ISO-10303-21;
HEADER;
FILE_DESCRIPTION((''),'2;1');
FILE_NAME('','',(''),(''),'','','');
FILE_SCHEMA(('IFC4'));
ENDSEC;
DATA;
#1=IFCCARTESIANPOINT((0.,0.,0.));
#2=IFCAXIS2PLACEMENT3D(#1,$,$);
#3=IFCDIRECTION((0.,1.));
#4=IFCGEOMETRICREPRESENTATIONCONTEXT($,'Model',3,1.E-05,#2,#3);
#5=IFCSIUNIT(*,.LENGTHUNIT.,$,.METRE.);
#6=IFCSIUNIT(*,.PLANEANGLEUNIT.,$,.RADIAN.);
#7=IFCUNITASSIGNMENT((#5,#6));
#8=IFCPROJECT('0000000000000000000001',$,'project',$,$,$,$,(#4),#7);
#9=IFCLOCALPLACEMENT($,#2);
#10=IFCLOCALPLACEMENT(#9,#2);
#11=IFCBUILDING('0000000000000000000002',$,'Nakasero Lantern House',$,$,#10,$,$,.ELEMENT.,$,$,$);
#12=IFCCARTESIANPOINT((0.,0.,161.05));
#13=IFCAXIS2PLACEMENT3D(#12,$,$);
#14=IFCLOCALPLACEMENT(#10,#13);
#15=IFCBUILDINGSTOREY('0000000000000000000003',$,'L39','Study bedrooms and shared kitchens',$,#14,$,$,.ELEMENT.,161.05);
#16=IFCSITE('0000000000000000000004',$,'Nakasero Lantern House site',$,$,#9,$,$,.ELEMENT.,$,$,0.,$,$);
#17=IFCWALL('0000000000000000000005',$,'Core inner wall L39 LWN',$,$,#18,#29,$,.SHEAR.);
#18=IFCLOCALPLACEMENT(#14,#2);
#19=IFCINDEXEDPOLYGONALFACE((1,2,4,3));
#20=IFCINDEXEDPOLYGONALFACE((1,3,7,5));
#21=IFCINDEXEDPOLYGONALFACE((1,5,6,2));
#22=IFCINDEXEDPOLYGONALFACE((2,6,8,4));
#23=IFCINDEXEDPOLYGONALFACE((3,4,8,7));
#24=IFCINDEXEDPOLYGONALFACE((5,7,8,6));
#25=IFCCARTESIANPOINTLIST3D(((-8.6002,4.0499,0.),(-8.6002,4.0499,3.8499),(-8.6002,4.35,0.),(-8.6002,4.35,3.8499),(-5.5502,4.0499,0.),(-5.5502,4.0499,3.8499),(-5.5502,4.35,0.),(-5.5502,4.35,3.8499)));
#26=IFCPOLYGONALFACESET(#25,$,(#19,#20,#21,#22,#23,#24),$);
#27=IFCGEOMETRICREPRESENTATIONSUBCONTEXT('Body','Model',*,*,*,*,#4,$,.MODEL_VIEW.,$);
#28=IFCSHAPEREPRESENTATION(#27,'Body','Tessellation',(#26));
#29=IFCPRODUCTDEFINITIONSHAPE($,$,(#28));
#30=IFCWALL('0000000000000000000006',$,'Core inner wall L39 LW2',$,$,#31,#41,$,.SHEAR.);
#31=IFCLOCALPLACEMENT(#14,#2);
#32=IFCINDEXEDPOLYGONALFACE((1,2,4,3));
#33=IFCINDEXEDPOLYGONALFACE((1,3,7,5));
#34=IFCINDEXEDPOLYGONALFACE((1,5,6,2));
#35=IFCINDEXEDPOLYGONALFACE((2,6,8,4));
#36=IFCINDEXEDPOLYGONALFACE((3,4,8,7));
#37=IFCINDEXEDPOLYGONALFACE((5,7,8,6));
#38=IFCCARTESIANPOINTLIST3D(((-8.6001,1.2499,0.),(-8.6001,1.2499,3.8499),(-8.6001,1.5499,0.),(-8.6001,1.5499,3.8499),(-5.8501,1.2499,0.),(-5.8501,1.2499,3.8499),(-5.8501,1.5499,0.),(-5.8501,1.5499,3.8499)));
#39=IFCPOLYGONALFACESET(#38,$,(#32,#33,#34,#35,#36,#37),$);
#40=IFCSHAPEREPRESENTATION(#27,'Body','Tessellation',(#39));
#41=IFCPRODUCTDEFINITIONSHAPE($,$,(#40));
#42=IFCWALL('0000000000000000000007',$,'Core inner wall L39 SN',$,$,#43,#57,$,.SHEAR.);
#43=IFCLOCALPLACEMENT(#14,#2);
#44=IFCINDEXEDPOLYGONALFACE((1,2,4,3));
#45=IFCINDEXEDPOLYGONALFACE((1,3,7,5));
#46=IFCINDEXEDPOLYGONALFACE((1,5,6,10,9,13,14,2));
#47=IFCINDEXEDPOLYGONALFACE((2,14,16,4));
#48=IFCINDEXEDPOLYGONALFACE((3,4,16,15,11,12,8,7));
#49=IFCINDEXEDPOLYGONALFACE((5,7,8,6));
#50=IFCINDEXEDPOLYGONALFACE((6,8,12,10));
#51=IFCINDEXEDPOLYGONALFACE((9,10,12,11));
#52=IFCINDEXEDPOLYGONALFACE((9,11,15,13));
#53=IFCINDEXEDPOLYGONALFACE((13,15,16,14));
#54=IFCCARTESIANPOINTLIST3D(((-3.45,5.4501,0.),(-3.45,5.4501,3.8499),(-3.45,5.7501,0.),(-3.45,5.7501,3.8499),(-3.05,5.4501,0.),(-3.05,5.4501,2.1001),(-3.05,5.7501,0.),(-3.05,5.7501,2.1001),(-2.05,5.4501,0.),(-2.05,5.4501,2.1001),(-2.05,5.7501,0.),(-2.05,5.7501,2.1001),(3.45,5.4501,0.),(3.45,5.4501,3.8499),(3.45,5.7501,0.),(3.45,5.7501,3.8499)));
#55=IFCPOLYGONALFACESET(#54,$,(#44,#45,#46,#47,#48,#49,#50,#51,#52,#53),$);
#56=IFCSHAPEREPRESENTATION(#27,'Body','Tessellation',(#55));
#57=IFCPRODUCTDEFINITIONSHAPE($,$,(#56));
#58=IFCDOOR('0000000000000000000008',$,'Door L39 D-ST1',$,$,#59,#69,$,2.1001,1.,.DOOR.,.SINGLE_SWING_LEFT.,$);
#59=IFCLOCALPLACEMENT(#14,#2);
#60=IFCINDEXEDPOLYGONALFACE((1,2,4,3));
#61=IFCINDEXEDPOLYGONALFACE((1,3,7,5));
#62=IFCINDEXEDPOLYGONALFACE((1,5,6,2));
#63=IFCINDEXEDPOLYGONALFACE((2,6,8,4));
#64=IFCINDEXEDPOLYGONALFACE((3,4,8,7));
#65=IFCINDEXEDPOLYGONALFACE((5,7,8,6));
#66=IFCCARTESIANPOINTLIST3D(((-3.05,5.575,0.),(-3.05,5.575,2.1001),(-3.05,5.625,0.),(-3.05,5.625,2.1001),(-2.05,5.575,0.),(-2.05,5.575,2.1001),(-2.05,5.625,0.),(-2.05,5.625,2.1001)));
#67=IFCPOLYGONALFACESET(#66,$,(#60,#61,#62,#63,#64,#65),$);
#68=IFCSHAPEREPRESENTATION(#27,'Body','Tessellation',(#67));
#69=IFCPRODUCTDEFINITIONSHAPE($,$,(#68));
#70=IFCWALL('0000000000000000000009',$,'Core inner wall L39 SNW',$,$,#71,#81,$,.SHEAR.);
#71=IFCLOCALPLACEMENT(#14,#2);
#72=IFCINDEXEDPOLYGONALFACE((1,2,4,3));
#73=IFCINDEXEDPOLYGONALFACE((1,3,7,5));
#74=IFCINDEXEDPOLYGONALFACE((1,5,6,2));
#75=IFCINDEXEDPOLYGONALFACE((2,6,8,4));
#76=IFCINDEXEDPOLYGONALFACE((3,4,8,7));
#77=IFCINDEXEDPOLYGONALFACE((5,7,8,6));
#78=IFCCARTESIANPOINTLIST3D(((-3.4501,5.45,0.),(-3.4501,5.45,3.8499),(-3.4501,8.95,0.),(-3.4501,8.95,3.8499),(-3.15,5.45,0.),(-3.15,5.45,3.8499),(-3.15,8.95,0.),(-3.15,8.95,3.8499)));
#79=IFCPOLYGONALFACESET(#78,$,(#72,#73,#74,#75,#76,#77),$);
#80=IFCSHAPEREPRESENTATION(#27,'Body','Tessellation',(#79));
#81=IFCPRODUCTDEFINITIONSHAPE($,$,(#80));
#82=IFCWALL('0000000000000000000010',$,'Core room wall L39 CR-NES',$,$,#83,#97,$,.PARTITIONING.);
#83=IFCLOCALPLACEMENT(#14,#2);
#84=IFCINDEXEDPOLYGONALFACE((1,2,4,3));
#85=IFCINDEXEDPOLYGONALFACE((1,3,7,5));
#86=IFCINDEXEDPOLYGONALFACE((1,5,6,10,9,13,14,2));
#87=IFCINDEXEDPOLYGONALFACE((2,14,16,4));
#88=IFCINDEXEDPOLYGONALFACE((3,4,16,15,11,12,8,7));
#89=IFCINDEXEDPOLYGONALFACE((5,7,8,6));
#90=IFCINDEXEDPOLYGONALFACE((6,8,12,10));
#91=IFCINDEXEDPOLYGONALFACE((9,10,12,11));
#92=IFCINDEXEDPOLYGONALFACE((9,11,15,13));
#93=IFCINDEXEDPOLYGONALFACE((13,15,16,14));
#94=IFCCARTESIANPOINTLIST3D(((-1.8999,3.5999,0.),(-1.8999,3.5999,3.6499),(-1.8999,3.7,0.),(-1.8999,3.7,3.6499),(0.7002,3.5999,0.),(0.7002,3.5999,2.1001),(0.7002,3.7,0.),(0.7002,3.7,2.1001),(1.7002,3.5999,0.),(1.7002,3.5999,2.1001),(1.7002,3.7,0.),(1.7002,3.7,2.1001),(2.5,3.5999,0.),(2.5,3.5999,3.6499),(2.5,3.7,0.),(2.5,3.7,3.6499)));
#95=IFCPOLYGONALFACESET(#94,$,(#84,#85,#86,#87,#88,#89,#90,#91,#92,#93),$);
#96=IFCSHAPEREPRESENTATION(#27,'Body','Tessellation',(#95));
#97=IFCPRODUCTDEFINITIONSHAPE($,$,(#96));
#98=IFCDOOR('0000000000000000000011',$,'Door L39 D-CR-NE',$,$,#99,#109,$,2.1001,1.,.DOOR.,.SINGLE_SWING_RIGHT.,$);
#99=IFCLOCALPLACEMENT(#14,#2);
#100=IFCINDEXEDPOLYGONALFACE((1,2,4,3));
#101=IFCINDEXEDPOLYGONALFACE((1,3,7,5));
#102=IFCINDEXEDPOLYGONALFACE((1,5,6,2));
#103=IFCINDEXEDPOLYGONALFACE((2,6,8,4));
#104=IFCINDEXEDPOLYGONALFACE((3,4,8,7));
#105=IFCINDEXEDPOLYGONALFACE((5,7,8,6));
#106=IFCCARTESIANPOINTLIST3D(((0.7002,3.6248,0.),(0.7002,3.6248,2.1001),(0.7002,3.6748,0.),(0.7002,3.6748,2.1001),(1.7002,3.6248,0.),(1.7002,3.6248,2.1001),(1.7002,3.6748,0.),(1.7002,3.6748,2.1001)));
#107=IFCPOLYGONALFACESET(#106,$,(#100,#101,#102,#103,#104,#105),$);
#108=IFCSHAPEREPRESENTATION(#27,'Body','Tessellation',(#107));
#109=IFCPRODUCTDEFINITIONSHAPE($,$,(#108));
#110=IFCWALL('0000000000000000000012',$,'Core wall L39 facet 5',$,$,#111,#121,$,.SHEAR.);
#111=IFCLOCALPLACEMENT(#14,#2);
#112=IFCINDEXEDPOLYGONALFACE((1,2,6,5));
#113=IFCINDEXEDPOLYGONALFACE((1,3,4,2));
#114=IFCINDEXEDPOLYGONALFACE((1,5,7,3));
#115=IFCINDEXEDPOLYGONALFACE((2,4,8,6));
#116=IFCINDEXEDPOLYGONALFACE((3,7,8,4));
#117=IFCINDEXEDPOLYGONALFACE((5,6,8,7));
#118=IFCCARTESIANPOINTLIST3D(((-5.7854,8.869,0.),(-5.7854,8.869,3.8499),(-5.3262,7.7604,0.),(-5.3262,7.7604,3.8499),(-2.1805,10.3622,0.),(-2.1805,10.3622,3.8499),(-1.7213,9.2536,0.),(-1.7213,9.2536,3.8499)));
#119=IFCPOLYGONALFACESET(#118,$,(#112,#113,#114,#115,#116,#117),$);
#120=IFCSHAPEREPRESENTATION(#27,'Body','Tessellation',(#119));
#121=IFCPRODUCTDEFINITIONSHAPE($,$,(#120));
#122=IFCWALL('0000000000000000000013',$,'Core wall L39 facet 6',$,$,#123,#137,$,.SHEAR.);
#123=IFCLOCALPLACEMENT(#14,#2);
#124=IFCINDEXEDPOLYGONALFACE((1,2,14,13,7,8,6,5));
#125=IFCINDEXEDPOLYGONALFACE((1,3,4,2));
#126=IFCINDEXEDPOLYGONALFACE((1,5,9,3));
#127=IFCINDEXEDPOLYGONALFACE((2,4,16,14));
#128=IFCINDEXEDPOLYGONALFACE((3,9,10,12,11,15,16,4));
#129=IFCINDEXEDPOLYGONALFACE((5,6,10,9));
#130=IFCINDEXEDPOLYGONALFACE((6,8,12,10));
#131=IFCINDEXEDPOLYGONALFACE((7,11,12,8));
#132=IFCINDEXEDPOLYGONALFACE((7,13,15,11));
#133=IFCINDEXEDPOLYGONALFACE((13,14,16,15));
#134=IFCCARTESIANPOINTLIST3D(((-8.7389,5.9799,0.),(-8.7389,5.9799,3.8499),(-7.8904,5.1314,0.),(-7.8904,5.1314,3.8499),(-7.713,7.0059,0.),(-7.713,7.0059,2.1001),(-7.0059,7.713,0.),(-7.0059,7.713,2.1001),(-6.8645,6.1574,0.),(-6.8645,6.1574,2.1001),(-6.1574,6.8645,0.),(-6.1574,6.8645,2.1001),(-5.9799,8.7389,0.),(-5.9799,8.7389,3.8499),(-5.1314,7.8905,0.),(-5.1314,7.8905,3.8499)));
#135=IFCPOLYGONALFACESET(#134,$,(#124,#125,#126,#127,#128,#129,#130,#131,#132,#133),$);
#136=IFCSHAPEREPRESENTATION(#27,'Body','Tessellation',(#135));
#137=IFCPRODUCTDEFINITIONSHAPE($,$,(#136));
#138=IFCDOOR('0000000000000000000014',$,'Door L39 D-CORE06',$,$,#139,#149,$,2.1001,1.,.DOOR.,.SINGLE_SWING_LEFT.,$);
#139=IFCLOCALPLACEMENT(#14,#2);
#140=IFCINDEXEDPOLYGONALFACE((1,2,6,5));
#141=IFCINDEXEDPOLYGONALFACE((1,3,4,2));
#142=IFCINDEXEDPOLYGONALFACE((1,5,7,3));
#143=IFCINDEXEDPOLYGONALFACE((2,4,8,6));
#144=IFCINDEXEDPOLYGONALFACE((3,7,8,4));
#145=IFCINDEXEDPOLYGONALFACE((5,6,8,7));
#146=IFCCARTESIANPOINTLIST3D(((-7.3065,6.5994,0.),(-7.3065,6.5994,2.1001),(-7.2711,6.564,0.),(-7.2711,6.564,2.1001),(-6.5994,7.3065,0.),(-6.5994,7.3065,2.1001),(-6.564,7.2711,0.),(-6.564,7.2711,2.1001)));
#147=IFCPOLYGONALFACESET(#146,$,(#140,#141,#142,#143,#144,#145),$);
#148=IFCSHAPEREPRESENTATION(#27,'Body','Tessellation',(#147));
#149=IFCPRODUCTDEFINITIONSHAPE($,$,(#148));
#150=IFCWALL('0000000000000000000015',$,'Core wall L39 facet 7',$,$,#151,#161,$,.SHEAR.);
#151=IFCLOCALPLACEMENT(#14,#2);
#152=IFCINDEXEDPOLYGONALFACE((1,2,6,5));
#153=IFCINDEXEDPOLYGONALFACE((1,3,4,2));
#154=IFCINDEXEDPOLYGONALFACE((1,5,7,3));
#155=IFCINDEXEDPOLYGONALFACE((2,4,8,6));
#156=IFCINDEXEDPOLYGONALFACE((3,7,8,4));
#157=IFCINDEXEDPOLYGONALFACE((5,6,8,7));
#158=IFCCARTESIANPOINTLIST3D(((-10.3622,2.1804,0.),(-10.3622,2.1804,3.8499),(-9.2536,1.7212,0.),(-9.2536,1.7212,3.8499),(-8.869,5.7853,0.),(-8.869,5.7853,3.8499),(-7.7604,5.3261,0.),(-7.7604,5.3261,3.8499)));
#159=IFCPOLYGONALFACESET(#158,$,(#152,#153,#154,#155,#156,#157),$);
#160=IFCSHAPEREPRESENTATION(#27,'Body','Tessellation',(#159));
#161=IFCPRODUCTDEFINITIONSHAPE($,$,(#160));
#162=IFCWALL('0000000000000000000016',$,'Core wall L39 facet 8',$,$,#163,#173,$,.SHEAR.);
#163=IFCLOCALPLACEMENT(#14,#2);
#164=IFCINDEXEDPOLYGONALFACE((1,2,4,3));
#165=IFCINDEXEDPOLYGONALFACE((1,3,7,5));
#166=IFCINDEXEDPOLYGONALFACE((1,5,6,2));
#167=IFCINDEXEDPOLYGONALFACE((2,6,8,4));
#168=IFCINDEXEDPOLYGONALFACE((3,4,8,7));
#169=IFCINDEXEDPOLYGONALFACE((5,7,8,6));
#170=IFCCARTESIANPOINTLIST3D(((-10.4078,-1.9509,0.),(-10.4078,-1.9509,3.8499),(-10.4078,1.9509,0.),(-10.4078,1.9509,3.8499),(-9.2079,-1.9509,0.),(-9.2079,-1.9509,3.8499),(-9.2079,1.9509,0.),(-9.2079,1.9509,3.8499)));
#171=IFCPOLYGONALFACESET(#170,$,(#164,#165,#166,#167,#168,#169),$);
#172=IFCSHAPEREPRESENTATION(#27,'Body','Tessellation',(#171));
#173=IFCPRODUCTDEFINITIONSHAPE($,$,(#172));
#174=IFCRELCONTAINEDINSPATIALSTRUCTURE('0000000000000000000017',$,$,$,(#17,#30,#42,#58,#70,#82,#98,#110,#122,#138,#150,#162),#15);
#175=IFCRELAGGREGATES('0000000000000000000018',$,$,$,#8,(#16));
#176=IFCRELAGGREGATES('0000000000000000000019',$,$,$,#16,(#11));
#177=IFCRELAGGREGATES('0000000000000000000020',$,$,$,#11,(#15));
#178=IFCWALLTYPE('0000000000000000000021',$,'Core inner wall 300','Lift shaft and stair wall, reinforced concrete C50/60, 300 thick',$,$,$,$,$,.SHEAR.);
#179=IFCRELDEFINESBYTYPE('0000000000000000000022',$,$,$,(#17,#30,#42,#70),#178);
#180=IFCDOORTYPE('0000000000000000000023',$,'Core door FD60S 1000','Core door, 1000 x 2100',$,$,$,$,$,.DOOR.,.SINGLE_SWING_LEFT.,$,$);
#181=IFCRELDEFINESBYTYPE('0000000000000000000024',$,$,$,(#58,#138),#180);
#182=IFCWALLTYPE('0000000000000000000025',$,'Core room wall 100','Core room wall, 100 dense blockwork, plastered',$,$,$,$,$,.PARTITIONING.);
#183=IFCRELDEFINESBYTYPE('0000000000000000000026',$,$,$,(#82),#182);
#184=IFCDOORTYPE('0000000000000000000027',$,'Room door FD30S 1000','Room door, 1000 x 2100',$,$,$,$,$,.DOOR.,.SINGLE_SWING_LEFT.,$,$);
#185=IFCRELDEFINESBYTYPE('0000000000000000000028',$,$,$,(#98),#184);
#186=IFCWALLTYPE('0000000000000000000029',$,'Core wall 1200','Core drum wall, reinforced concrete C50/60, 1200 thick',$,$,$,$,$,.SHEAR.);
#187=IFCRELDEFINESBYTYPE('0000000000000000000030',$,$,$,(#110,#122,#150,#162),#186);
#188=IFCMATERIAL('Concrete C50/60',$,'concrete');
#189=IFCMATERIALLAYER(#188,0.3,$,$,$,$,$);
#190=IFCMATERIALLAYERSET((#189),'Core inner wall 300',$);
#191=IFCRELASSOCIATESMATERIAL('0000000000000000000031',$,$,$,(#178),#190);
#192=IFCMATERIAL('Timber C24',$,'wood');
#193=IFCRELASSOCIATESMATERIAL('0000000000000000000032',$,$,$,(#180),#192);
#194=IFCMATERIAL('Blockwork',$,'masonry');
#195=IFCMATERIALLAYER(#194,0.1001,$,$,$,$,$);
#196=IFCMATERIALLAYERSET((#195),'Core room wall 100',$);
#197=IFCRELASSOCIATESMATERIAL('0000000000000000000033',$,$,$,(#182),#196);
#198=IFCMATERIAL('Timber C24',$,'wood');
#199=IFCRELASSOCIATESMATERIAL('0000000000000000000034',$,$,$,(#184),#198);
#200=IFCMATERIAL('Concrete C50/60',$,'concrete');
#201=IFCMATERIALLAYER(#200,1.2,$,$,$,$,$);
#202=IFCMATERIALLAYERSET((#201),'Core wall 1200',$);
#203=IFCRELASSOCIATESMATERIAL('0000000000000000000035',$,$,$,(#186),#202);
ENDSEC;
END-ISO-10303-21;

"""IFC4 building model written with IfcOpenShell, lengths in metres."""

from ifc_helpers import new_model, si_unit, direction, frame, frame_2d, origin, place, context, subcontext, project, spatial, rectangle, extrude, material, layer, layer_set, type_object, element, fill, save


model = new_model("IFC4")

# Units and contexts
model_context = context("Model", 3, precision=1e-05, world=origin(), true_north=direction((0.0, 1.0)))
body_context = subcontext(model_context, "Body", "Model", "MODEL_VIEW")
ifc_project = project(units=[si_unit("LENGTHUNIT", "METRE"), si_unit("PLANEANGLEUNIT", "RADIAN")], contexts=[model_context])

# Site, building, storey
site_placement = place(None, origin())
site = spatial("IfcSite", under=ifc_project, at=site_placement, Name="Nakasero Lantern House site", CompositionType="ELEMENT", RefElevation=0.0)
building_placement = place(site_placement, origin())
building = spatial("IfcBuilding", under=site, at=building_placement, Name="Nakasero Lantern House", CompositionType="ELEMENT")
storey_placement = place(building_placement, frame((0.0, 0.0, 161.05)))
storey = spatial("IfcBuildingStorey", under=building, at=storey_placement, Name="L39", Description="Study bedrooms and shared kitchens", CompositionType="ELEMENT", Elevation=161.05)

# Walls
ifc_material_1 = material(Name="Concrete C50/60", Category="concrete")
ifc_layer_1 = layer(ifc_material_1, 0.3)
ifc_layer_set_1 = layer_set([ifc_layer_1], Name="Core inner wall 300")
wall_type_1 = type_object("IfcWallType", Name="Core inner wall 300", Description="Lift shaft and stair wall, reinforced concrete C50/60, 300 thick", PredefinedType="SHEAR", material=ifc_layer_set_1)
wall_1_placement = place(storey_placement, frame((-8.6001, 4.2, 0.0), z_axis=(0.0, 0.0, 1.0), x_axis=(1.0, 0.0, 0.0)))
element("IfcWall", 1, at=wall_1_placement, inside=storey, type_object=wall_type_1, Name="Core inner wall L39 LWN", PredefinedType="SHEAR", context=body_context, shape_type="SweptSolid", body=[
    extrude(rectangle(XDim=3.05, YDim=0.3, at=frame_2d((1.5249, 0.0))), origin(), (0.0, 0.0, 1.0), 3.8499),
])
wall_2_placement = place(storey_placement, frame((-8.6001, 1.3999, 0.0), z_axis=(0.0, 0.0, 1.0), x_axis=(1.0, 0.0, 0.0)))
element("IfcWall", 2, at=wall_2_placement, inside=storey, type_object=wall_type_1, Name="Core inner wall L39 LW2", PredefinedType="SHEAR", context=body_context, shape_type="SweptSolid", body=[
    extrude(rectangle(XDim=2.75, YDim=0.3, at=frame_2d((1.375, 0.0))), origin(), (0.0, 0.0, 1.0), 3.8499),
])

# Wall, opening, door
wall_3_placement = place(storey_placement, frame((-3.45, 5.6001, 0.0), z_axis=(0.0, 0.0, 1.0), x_axis=(1.0, 0.0, 0.0)))
wall_3 = element("IfcWall", 3, at=wall_3_placement, inside=storey, type_object=wall_type_1, Name="Core inner wall L39 SN", PredefinedType="SHEAR", context=body_context, shape_type="SweptSolid", body=[
    extrude(rectangle(XDim=6.8999, YDim=0.3, at=frame_2d((3.45, 0.0))), origin(), (0.0, 0.0, 1.0), 3.8499),
])
opening_1_placement = place(wall_3_placement, frame((0.3999, 0.0, 0.0)))
opening_1 = element("IfcOpeningElement", 4, at=opening_1_placement, cuts=wall_3, PredefinedType="OPENING", context=body_context, shape_type="SweptSolid", body=[
    extrude(rectangle(XDim=1.0, YDim=2.1001, at=frame_2d((0.5, 1.05))), frame((0.0, 0.1699, 0.0), z_axis=(0.0, -1.0, 0.0), x_axis=(1.0, 0.0, 0.0)), (0.0, 0.0, 1.0), 0.3401),
])
ifc_material_2 = material(Name="Timber C24", Category="wood")
door_type_1 = type_object("IfcDoorType", Name="Core door FD60S 1000", Description="Core door, 1000 x 2100", OperationType="SINGLE_SWING_LEFT", PredefinedType="DOOR", material=ifc_material_2)
door_1_placement = place(opening_1_placement, origin())
door_1 = element("IfcDoor", 5, at=door_1_placement, inside=storey, type_object=door_type_1, Name="Door L39 D-ST1", OperationType="SINGLE_SWING_LEFT", OverallHeight=2.1001, OverallWidth=1.0, PredefinedType="DOOR", context=body_context, shape_type="SweptSolid", body=[
    extrude(rectangle(XDim=1.0, YDim=2.1001, at=frame_2d((0.5, 1.05))), frame((0.0, 0.0249, 0.0), z_axis=(0.0, -1.0, 0.0), x_axis=(1.0, 0.0, 0.0)), (0.0, 0.0, 1.0), 0.05),
])
fill(opening_1, door_1)

# Wall
wall_4_placement = place(storey_placement, frame((-3.3, 5.45, 0.0), z_axis=(0.0, 0.0, 1.0), x_axis=(0.0, 1.0, 0.0)))
element("IfcWall", 6, at=wall_4_placement, inside=storey, type_object=wall_type_1, Name="Core inner wall L39 SNW", PredefinedType="SHEAR", context=body_context, shape_type="SweptSolid", body=[
    extrude(rectangle(XDim=3.5, YDim=0.3, at=frame_2d((1.75, 0.0))), origin(), (0.0, 0.0, 1.0), 3.8499),
])

# Wall, opening, door
ifc_material_3 = material(Name="Blockwork", Category="masonry")
ifc_layer_2 = layer(ifc_material_3, 0.1001)
ifc_layer_set_2 = layer_set([ifc_layer_2], Name="Core room wall 100")
wall_type_2 = type_object("IfcWallType", Name="Core room wall 100", Description="Core room wall, 100 dense blockwork, plastered", PredefinedType="PARTITIONING", material=ifc_layer_set_2)
wall_5_placement = place(storey_placement, frame((-1.8999, 3.6499, 0.0), z_axis=(0.0, 0.0, 1.0), x_axis=(1.0, 0.0, 0.0)))
wall_5 = element("IfcWall", 7, at=wall_5_placement, inside=storey, type_object=wall_type_2, Name="Core room wall L39 CR-NES", PredefinedType="PARTITIONING", context=body_context, shape_type="SweptSolid", body=[
    extrude(rectangle(XDim=4.3999, YDim=0.1001, at=frame_2d((2.2, 0.0))), origin(), (0.0, 0.0, 1.0), 3.6499),
])
opening_2_placement = place(wall_5_placement, frame((2.6001, 0.0, 0.0)))
opening_2 = element("IfcOpeningElement", 8, at=opening_2_placement, cuts=wall_5, PredefinedType="OPENING", context=body_context, shape_type="SweptSolid", body=[
    extrude(rectangle(XDim=1.0, YDim=2.1001, at=frame_2d((0.5, 1.05))), frame((0.0, 0.0701, 0.0), z_axis=(0.0, -1.0, 0.0), x_axis=(1.0, 0.0, 0.0)), (0.0, 0.0, 1.0), 0.1401),
])
ifc_material_4 = material(Name="Timber C24", Category="wood")
door_type_2 = type_object("IfcDoorType", Name="Room door FD30S 1000", Description="Room door, 1000 x 2100", OperationType="SINGLE_SWING_LEFT", PredefinedType="DOOR", material=ifc_material_4)
door_2_placement = place(opening_2_placement, origin())
door_2 = element("IfcDoor", 9, at=door_2_placement, inside=storey, type_object=door_type_2, Name="Door L39 D-CR-NE", OperationType="SINGLE_SWING_RIGHT", OverallHeight=2.1001, OverallWidth=1.0, PredefinedType="DOOR", context=body_context, shape_type="SweptSolid", body=[
    extrude(rectangle(XDim=1.0, YDim=2.1001, at=frame_2d((0.5, 1.05))), frame((0.0, 0.0249, 0.0), z_axis=(0.0, -1.0, 0.0), x_axis=(1.0, 0.0, 0.0)), (0.0, 0.0, 1.0), 0.05),
])
fill(opening_2, door_2)

# Wall
ifc_material_5 = material(Name="Concrete C50/60", Category="concrete")
ifc_layer_3 = layer(ifc_material_5, 1.2)
ifc_layer_set_3 = layer_set([ifc_layer_3], Name="Core wall 1200")
wall_type_3 = type_object("IfcWallType", Name="Core wall 1200", Description="Core drum wall, reinforced concrete C50/60, 1200 thick", PredefinedType="SHEAR", material=ifc_layer_set_3)
wall_6_placement = place(storey_placement, frame((-1.9509, 9.8079, 0.0), z_axis=(0.0, 0.0, 1.0), x_axis=(-0.923877, -0.382691, 0.0)))
element("IfcWall", 10, at=wall_6_placement, inside=storey, type_object=wall_type_3, Name="Core wall L39 facet 5", PredefinedType="SHEAR", context=body_context, shape_type="SweptSolid", body=[
    extrude(rectangle(XDim=3.9019, YDim=1.2, at=frame_2d((1.9509, 0.0))), origin(), (0.0, 0.0, 1.0), 3.8499),
])

# Wall, opening, door
wall_7_placement = place(storey_placement, frame((-5.5557, 8.3147, 0.0), z_axis=(0.0, 0.0, 1.0), x_axis=(-0.707107, -0.707107, 0.0)))
wall_7 = element("IfcWall", 11, at=wall_7_placement, inside=storey, type_object=wall_type_3, Name="Core wall L39 facet 6", PredefinedType="SHEAR", context=body_context, shape_type="SweptSolid", body=[
    extrude(rectangle(XDim=3.9019, YDim=1.2, at=frame_2d((1.9509, 0.0))), origin(), (0.0, 0.0, 1.0), 3.8499),
])
opening_3_placement = place(wall_7_placement, frame((1.4509, 0.0, 0.0)))
opening_3 = element("IfcOpeningElement", 12, at=opening_3_placement, cuts=wall_7, PredefinedType="OPENING", context=body_context, shape_type="SweptSolid", body=[
    extrude(rectangle(XDim=1.0, YDim=2.1001, at=frame_2d((0.5, 1.05))), frame((0.0, 0.6199, 0.0), z_axis=(0.0, -1.0, 0.0), x_axis=(1.0, 0.0, 0.0)), (0.0, 0.0, 1.0), 1.24),
])
door_3_placement = place(opening_3_placement, origin())
door_3 = element("IfcDoor", 13, at=door_3_placement, inside=storey, type_object=door_type_1, Name="Door L39 D-CORE06", OperationType="SINGLE_SWING_LEFT", OverallHeight=2.1001, OverallWidth=1.0, PredefinedType="DOOR", context=body_context, shape_type="SweptSolid", body=[
    extrude(rectangle(XDim=1.0, YDim=2.1001, at=frame_2d((0.5, 1.05))), frame((0.0, 0.0249, 0.0), z_axis=(0.0, -1.0, 0.0), x_axis=(1.0, 0.0, 0.0)), (0.0, 0.0, 1.0), 0.05),
])
fill(opening_3, door_3)

# Walls
for number, where, z_axis, x_axis, name in (
    (14, (-8.3147, 5.5557, 0.0), (0.0, 0.0, 1.0), (-0.382691, -0.923877, 0.0), "Core wall L39 facet 7"),
    (15, (-9.8079, 1.9509, 0.0), (0.0, 0.0, 1.0), (0.0, -1.0, 0.0), "Core wall L39 facet 8"),
):
    element("IfcWall", number, at=place(storey_placement, frame(where, z_axis=z_axis, x_axis=x_axis)), inside=storey, type_object=wall_type_3, Name=name, PredefinedType="SHEAR", context=body_context, shape_type="SweptSolid", body=[
        extrude(rectangle(XDim=3.9019, YDim=1.2, at=frame_2d((1.9509, 0.0))), origin(), (0.0, 0.0, 1.0), 3.8499),
    ])

save(model, "model.ifc")
